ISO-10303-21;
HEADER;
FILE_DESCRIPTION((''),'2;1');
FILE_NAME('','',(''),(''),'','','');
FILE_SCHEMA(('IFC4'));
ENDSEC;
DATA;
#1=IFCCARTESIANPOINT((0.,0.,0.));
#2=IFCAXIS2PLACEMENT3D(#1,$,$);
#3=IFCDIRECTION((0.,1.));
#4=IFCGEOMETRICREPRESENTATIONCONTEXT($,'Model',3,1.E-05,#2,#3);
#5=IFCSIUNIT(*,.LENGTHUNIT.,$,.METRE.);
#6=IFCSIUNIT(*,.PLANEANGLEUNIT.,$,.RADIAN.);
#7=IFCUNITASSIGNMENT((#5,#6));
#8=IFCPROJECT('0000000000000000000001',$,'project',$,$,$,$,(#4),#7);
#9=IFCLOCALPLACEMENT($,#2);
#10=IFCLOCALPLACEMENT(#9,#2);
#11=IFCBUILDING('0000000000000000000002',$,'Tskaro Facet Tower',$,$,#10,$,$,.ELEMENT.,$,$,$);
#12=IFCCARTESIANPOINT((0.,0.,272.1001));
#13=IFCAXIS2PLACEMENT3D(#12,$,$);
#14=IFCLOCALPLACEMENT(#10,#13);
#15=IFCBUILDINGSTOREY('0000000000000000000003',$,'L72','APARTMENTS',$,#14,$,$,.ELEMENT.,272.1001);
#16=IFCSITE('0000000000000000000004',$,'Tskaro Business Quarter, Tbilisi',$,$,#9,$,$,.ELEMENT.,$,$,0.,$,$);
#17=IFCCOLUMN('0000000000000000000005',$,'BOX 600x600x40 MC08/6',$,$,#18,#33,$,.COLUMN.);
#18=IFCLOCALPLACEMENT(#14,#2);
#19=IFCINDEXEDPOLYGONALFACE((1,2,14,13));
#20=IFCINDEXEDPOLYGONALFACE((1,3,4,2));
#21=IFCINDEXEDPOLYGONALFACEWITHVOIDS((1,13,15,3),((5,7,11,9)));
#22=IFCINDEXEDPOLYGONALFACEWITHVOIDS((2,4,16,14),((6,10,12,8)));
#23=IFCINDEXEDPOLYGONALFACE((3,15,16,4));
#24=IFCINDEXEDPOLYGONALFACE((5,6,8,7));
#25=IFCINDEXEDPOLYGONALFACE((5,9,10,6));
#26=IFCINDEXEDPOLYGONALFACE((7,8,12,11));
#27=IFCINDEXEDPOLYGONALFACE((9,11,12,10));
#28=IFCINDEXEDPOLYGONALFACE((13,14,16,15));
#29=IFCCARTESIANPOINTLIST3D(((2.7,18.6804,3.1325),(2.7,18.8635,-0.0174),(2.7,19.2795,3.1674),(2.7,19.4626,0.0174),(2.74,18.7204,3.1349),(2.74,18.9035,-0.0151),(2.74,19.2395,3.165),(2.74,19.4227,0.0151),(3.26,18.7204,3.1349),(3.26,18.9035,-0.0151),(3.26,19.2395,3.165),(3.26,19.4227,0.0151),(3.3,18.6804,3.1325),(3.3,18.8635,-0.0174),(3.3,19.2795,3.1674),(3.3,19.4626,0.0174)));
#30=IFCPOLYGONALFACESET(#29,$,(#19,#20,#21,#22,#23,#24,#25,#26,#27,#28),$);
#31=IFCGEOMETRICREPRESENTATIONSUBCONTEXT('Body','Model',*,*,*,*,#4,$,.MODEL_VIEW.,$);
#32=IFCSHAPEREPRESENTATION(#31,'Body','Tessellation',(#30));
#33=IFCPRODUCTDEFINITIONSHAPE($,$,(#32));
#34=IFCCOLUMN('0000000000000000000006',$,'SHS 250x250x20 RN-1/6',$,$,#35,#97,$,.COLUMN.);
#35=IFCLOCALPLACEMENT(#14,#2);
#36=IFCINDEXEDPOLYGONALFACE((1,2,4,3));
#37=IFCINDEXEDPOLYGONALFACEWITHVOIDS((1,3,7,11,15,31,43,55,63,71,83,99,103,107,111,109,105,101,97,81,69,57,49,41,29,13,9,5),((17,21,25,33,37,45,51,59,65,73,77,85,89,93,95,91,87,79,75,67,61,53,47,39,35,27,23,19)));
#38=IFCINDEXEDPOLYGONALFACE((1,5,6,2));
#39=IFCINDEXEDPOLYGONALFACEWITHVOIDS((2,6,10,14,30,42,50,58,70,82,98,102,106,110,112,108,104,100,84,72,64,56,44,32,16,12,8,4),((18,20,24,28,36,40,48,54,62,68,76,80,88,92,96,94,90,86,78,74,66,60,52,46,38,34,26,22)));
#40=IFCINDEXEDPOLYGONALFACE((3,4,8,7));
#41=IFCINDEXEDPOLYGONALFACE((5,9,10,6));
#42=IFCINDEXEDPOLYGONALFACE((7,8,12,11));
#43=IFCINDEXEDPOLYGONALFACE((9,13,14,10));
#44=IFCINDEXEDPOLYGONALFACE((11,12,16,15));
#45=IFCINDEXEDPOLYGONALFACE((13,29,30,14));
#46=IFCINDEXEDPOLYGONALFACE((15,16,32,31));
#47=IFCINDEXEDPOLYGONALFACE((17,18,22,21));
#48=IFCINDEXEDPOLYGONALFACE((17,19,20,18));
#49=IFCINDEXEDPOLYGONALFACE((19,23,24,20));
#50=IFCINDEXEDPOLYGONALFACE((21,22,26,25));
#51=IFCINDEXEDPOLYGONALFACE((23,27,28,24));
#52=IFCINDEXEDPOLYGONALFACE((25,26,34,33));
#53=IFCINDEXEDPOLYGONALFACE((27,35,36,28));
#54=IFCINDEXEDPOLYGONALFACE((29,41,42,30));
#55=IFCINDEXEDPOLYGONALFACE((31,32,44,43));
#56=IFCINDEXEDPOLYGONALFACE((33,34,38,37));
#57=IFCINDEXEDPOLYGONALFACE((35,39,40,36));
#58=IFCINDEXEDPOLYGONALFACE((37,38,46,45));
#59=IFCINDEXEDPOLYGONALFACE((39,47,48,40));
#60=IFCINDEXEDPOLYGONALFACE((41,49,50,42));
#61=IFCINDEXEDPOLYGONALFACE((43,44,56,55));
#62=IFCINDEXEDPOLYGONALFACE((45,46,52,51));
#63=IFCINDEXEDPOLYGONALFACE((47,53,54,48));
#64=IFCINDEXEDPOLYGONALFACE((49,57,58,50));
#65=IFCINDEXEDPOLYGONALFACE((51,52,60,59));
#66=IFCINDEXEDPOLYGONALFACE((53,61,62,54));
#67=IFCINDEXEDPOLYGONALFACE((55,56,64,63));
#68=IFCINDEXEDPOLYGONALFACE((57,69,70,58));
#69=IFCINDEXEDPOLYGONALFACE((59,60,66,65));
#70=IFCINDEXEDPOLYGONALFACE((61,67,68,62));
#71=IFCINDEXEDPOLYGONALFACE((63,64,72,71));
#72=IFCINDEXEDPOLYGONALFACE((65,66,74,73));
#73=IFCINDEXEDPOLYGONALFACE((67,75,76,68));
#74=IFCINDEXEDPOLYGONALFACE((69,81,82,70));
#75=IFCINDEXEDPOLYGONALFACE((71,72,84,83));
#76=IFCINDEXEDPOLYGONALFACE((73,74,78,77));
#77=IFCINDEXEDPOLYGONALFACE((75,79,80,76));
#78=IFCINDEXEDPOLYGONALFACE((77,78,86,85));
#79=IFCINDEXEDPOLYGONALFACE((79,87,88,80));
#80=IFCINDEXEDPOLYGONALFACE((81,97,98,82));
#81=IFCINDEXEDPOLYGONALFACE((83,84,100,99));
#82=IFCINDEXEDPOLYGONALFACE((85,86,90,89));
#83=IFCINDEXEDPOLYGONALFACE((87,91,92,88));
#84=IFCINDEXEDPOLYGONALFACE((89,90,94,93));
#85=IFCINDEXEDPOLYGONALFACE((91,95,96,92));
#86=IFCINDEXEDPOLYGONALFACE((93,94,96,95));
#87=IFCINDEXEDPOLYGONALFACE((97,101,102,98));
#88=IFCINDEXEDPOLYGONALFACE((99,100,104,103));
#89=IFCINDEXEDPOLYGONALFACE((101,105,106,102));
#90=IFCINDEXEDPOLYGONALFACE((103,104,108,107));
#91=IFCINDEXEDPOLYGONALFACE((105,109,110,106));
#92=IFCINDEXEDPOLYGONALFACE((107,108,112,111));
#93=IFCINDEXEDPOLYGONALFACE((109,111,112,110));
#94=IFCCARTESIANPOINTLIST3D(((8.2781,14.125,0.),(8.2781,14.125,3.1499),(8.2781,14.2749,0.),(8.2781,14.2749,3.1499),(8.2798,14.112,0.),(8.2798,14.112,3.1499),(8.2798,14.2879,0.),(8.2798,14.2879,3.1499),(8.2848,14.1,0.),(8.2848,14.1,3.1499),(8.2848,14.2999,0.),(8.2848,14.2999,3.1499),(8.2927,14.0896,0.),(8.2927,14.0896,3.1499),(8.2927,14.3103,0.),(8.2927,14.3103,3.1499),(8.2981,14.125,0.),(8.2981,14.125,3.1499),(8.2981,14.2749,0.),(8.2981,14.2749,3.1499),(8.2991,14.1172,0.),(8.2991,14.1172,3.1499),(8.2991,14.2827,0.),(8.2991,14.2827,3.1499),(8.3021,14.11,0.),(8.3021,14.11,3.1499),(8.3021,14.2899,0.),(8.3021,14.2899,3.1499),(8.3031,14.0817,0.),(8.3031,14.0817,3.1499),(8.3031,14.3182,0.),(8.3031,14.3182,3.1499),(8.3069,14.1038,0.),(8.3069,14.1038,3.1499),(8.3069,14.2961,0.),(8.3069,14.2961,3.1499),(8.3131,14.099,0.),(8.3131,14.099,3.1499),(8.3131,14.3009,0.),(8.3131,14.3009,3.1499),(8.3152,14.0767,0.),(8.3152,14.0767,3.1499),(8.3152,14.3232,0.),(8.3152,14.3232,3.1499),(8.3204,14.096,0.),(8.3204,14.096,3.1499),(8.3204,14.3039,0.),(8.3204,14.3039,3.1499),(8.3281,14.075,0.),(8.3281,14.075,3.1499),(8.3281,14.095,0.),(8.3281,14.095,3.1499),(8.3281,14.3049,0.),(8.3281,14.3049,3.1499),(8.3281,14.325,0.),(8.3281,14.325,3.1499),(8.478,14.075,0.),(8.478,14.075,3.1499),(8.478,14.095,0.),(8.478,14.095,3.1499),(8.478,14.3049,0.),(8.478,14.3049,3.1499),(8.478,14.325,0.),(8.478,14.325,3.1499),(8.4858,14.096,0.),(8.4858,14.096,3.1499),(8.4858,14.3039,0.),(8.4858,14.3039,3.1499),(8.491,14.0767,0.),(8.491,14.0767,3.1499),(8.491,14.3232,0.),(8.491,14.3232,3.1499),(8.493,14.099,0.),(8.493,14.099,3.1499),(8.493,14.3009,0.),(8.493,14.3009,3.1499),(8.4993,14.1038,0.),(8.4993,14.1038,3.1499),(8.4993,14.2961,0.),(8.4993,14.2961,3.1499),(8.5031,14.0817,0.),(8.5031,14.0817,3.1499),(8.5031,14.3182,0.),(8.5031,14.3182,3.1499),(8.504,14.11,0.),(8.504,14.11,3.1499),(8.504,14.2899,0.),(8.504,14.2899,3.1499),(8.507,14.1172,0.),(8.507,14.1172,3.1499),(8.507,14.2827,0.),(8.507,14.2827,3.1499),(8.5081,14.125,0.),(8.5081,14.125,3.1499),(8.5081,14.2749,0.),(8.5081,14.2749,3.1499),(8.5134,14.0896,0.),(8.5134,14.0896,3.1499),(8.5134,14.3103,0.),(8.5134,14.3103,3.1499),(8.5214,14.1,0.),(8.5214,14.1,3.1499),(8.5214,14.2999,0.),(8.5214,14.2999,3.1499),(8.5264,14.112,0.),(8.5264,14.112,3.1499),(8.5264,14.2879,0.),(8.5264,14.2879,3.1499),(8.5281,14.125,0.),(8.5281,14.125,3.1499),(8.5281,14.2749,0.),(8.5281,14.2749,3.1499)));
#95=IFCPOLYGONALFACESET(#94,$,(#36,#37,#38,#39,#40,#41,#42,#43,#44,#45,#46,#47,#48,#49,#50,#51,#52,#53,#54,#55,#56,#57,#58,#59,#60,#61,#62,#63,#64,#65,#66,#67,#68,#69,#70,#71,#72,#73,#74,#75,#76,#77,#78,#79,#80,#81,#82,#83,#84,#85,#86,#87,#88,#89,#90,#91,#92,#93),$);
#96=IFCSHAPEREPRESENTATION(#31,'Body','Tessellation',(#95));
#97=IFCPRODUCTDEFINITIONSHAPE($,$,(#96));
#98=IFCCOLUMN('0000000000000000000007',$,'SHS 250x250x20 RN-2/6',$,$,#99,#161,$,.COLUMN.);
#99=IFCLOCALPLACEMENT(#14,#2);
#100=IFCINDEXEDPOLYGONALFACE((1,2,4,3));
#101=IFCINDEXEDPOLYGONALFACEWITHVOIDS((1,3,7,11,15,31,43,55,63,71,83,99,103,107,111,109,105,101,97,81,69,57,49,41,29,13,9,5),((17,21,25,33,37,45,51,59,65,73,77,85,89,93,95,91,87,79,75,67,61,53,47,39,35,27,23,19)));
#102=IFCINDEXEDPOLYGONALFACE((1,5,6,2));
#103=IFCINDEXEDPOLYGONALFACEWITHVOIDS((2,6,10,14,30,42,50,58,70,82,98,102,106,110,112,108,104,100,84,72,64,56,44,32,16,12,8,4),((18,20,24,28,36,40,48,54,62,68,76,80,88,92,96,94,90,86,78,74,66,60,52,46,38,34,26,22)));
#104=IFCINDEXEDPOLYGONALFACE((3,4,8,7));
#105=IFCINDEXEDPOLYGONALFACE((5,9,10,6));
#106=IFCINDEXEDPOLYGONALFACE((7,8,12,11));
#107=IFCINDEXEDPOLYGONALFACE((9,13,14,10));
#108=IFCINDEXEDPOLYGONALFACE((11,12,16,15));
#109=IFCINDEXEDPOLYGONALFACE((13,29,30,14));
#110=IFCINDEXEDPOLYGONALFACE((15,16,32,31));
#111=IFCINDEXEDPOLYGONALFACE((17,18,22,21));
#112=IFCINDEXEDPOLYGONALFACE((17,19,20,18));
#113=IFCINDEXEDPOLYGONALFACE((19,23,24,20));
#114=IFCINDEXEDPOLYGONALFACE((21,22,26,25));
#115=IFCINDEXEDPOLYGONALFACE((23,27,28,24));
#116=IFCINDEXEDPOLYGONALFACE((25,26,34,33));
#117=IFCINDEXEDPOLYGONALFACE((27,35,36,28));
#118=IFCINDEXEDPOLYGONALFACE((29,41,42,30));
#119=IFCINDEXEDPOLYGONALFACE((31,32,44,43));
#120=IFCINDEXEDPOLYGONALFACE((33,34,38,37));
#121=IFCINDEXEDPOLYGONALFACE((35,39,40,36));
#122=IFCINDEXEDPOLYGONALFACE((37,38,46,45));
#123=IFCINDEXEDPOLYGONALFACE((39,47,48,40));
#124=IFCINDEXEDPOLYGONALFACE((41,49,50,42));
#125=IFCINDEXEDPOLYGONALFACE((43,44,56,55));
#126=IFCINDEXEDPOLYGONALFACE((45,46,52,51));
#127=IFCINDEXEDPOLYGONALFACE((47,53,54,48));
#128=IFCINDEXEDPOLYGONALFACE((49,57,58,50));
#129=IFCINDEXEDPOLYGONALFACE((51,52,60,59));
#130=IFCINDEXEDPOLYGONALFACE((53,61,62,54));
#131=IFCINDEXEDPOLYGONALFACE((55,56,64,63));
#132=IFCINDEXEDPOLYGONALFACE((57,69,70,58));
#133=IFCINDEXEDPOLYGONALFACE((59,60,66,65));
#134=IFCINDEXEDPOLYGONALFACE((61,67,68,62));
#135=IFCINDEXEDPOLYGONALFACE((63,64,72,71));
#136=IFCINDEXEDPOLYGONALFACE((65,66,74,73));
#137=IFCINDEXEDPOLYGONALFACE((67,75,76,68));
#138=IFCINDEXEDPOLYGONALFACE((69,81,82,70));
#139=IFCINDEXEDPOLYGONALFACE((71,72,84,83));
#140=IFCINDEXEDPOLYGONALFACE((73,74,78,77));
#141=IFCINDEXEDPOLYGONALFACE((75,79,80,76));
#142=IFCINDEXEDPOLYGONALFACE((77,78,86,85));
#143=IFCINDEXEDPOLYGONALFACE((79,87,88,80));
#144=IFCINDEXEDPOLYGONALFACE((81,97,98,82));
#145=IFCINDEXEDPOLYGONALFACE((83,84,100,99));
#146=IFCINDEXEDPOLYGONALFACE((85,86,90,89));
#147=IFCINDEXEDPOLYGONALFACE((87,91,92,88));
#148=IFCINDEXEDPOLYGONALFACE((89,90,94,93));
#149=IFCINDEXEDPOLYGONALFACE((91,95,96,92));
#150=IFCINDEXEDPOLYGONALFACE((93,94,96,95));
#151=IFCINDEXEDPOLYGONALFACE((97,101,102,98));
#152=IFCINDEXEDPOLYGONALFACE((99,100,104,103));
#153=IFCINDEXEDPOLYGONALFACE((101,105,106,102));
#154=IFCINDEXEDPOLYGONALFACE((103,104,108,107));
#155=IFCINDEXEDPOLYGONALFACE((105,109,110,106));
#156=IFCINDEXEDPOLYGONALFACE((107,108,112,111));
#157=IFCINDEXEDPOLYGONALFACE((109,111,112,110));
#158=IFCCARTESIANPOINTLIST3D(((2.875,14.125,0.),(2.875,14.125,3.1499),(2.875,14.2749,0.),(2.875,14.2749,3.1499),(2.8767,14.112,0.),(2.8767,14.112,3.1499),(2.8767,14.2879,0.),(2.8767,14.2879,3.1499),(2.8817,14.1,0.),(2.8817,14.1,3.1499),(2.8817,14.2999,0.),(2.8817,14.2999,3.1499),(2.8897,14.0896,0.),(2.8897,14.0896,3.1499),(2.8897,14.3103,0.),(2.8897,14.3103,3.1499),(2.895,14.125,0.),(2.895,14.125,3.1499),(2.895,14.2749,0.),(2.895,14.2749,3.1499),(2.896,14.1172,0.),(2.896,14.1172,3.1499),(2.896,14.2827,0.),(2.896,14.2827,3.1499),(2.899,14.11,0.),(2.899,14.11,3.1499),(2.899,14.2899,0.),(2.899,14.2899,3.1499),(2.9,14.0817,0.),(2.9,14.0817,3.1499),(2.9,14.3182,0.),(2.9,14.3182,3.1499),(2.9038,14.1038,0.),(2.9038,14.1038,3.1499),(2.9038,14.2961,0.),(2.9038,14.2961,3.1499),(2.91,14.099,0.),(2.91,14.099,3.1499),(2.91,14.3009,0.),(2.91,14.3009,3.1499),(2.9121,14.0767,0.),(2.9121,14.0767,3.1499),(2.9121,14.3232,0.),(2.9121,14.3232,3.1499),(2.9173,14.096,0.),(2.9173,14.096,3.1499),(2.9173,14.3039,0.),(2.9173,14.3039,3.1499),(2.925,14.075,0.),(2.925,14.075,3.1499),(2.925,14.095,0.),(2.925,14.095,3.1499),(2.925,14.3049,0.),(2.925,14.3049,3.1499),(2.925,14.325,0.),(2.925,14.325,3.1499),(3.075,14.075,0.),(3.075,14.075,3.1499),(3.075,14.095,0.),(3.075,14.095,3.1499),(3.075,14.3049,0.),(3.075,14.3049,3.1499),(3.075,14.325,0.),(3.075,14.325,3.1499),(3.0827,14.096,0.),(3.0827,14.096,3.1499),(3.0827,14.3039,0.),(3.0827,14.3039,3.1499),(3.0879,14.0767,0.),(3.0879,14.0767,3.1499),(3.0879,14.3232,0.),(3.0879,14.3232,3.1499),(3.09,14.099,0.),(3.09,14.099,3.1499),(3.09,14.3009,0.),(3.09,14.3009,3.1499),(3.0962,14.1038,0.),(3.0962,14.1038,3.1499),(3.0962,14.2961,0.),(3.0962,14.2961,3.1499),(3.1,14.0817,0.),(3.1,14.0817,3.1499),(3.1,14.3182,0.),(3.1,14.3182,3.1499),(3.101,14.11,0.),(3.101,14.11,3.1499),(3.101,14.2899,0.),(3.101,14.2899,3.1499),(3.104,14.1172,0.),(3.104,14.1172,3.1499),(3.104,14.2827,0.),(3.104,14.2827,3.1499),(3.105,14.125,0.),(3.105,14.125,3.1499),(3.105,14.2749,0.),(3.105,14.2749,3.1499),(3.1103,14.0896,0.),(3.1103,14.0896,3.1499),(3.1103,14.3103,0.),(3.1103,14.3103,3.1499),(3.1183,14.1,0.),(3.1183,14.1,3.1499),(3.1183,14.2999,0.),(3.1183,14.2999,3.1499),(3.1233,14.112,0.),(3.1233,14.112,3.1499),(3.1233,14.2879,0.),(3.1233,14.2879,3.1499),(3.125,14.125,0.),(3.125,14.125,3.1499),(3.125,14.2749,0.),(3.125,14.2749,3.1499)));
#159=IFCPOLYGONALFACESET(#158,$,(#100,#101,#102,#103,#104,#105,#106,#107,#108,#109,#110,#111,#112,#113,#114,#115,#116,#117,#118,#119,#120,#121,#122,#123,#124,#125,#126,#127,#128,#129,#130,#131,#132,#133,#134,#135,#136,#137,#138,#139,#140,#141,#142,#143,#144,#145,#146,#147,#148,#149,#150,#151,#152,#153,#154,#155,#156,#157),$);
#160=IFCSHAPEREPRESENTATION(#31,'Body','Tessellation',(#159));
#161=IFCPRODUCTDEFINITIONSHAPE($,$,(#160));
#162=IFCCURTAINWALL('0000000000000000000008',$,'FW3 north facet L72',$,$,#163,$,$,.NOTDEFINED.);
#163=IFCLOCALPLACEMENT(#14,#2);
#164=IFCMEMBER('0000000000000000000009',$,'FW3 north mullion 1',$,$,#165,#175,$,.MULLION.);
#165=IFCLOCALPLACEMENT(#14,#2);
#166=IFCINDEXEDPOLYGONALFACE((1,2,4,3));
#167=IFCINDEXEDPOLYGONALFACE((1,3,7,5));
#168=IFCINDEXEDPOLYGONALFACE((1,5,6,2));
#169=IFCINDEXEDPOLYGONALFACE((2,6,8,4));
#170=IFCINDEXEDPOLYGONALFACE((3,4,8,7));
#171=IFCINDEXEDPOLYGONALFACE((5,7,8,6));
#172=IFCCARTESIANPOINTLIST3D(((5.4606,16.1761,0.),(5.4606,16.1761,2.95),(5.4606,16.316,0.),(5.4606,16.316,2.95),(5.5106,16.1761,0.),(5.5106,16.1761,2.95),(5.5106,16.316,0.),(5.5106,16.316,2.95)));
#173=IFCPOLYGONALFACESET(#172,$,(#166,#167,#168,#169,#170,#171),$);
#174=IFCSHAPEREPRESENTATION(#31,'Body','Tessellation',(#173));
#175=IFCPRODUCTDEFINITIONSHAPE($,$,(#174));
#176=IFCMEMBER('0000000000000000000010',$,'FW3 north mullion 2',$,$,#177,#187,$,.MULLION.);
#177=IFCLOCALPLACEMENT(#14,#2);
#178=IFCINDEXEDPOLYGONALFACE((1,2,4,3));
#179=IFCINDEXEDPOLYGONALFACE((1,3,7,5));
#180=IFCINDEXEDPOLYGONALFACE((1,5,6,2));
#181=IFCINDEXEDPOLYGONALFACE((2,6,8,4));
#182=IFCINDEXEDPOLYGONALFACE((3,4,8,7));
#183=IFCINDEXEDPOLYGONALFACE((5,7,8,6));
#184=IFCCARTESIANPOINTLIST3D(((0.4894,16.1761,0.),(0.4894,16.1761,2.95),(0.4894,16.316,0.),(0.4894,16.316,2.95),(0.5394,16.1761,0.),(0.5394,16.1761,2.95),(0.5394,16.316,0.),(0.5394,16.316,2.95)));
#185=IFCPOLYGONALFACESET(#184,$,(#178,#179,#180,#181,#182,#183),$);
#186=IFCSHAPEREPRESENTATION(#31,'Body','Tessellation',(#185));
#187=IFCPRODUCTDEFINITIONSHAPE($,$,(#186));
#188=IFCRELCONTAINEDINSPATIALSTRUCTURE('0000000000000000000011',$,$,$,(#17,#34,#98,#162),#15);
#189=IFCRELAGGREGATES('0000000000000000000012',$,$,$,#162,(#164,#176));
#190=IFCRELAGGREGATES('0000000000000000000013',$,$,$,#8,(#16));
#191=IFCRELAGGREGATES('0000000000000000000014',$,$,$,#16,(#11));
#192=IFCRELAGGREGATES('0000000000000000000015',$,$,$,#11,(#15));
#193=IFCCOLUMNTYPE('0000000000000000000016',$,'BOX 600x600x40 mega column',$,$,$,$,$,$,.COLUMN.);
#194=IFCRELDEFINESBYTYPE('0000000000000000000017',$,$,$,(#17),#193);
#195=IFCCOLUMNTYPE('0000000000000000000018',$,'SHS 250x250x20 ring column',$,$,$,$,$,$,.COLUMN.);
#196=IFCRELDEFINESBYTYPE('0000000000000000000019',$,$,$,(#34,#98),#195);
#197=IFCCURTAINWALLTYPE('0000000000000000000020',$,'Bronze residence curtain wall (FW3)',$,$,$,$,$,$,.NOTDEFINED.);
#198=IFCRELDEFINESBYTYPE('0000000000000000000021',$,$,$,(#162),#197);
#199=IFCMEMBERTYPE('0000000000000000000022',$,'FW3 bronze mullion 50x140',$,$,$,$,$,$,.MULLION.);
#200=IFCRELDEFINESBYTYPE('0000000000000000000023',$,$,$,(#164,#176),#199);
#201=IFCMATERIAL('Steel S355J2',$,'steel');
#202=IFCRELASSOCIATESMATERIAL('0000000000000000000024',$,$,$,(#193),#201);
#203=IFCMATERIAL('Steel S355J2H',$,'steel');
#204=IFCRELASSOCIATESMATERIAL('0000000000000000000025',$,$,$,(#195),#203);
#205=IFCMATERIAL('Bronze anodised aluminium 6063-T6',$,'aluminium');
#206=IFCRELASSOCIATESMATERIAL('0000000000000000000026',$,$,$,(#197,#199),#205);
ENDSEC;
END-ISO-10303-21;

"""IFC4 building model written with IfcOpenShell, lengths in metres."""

from ifc_helpers import new_model, si_unit, direction, frame, origin, origin_2d, place, context, subcontext, project, spatial, rectangle, hollow_rectangle, extrude, material, material_profile, profile_set, type_object, element, aggregate, save


model = new_model("IFC4")

# Units and contexts
model_context = context("Model", 3, precision=1e-05, world=origin(), true_north=direction((0.0, 1.0)))
body_context = subcontext(model_context, "Body", "Model", "MODEL_VIEW")
ifc_project = project(units=[si_unit("LENGTHUNIT", "METRE"), si_unit("PLANEANGLEUNIT", "RADIAN")], contexts=[model_context])

# Site, building, storey
site_placement = place(None, origin())
site = spatial("IfcSite", under=ifc_project, at=site_placement, Name="Tskaro Business Quarter, Tbilisi", CompositionType="ELEMENT", RefElevation=0.0)
building_placement = place(site_placement, origin())
building = spatial("IfcBuilding", under=site, at=building_placement, Name="Tskaro Facet Tower", CompositionType="ELEMENT")
storey_placement = place(building_placement, frame((0.0, 0.0, 272.1001)))
storey = spatial("IfcBuildingStorey", under=building, at=storey_placement, Name="L72", Description="APARTMENTS", CompositionType="ELEMENT", Elevation=272.1001)

# Columns
ifc_material_1 = material(Name="Steel S355J2", Category="steel")
ifc_material_profile_1 = material_profile(ifc_material_1, hollow_rectangle(XDim=0.6001, YDim=0.6001, WallThickness=0.04, at=origin_2d()), Name="BOX 600x600x40")
ifc_profile_set_1 = profile_set([ifc_material_profile_1], Name="Steel S355J2")
column_type_1 = type_object("IfcColumnType", Name="BOX 600x600x40 mega column", PredefinedType="COLUMN", material=ifc_profile_set_1)
column_placement = place(storey_placement, frame((3.0, 19.1631, 0.0), z_axis=(0.0, -0.058033, 0.998315), x_axis=(1.0, 0.0, 0.0)))
element("IfcColumn", 1, at=column_placement, inside=storey, type_object=column_type_1, Name="BOX 600x600x40 MC08/6", PredefinedType="COLUMN", context=body_context, shape_type="SweptSolid", body=[
    extrude(hollow_rectangle(XDim=0.6001, YDim=0.6001, WallThickness=0.04, at=origin_2d()), origin(), (0.0, 0.0, 1.0), 3.1553),
])
ifc_material_2 = material(Name="Steel S355J2H", Category="steel")
ifc_material_profile_2 = material_profile(ifc_material_2, hollow_rectangle(XDim=0.25, YDim=0.25, WallThickness=0.02, InnerFilletRadius=0.03, OuterFilletRadius=0.05, at=origin_2d()), Name="SHS 250x250x20")
ifc_profile_set_2 = profile_set([ifc_material_profile_2], Name="Steel S355J2H")
column_type_2 = type_object("IfcColumnType", Name="SHS 250x250x20 ring column", PredefinedType="COLUMN", material=ifc_profile_set_2)
for number, where, z_axis, x_axis, name in (
    (2, (8.4031, 14.2, 0.0), (0.0, 0.0, 1.0), (1.0, 0.0, 0.0), "SHS 250x250x20 RN-1/6"),
    (3, (3.0, 14.2, 0.0), (0.0, 0.0, 1.0), (1.0, 0.0, 0.0), "SHS 250x250x20 RN-2/6"),
):
    element("IfcColumn", number, at=place(storey_placement, frame(where, z_axis=z_axis, x_axis=x_axis)), inside=storey, type_object=column_type_2, Name=name, PredefinedType="COLUMN", context=body_context, shape_type="SweptSolid", body=[
        extrude(hollow_rectangle(XDim=0.25, YDim=0.25, WallThickness=0.02, InnerFilletRadius=0.03, OuterFilletRadius=0.05, at=origin_2d()), origin(), (0.0, 0.0, 1.0), 3.1499),
    ])

# Curtain wall, members
ifc_material_3 = material(Name="Bronze anodised aluminium 6063-T6", Category="aluminium")
curtain_wall_type = type_object("IfcCurtainWallType", Name="Bronze residence curtain wall (FW3)", PredefinedType="NOTDEFINED", material=ifc_material_3)
curtain_wall_placement = place(storey_placement, origin())
curtain_wall = element("IfcCurtainWall", 4, at=curtain_wall_placement, inside=storey, type_object=curtain_wall_type, Name="FW3 north facet L72", PredefinedType="NOTDEFINED")
ifc_material_profile_3 = material_profile(ifc_material_3, rectangle(XDim=0.05, YDim=0.1399, at=origin_2d()), Name="Mullion 50x140")
ifc_profile_set_3 = profile_set([ifc_material_profile_3], Name="Bronze anodised aluminium 6063-T6")
member_type_1 = type_object("IfcMemberType", Name="FW3 bronze mullion 50x140", PredefinedType="MULLION", material=ifc_profile_set_3)
member_1_placement = place(storey_placement, frame((5.4856, 16.2461, 0.0), z_axis=(0.0, 0.0, 1.0), x_axis=(-1.0, 0.0, 0.0)))
member_1 = element("IfcMember", 5, at=member_1_placement, type_object=member_type_1, Name="FW3 north mullion 1", PredefinedType="MULLION", context=body_context, shape_type="SweptSolid", body=[
    extrude(rectangle(XDim=0.05, YDim=0.1399, at=origin_2d()), origin(), (0.0, 0.0, 1.0), 2.95),
])
member_2_placement = place(storey_placement, frame((0.5144, 16.2461, 0.0), z_axis=(0.0, 0.0, 1.0), x_axis=(-1.0, 0.0, 0.0)))
member_2 = element("IfcMember", 6, at=member_2_placement, type_object=member_type_1, Name="FW3 north mullion 2", PredefinedType="MULLION", context=body_context, shape_type="SweptSolid", body=[
    extrude(rectangle(XDim=0.05, YDim=0.1399, at=origin_2d()), origin(), (0.0, 0.0, 1.0), 2.95),
])

aggregate(curtain_wall, [member_1, member_2])

save(model, "model.ifc")
